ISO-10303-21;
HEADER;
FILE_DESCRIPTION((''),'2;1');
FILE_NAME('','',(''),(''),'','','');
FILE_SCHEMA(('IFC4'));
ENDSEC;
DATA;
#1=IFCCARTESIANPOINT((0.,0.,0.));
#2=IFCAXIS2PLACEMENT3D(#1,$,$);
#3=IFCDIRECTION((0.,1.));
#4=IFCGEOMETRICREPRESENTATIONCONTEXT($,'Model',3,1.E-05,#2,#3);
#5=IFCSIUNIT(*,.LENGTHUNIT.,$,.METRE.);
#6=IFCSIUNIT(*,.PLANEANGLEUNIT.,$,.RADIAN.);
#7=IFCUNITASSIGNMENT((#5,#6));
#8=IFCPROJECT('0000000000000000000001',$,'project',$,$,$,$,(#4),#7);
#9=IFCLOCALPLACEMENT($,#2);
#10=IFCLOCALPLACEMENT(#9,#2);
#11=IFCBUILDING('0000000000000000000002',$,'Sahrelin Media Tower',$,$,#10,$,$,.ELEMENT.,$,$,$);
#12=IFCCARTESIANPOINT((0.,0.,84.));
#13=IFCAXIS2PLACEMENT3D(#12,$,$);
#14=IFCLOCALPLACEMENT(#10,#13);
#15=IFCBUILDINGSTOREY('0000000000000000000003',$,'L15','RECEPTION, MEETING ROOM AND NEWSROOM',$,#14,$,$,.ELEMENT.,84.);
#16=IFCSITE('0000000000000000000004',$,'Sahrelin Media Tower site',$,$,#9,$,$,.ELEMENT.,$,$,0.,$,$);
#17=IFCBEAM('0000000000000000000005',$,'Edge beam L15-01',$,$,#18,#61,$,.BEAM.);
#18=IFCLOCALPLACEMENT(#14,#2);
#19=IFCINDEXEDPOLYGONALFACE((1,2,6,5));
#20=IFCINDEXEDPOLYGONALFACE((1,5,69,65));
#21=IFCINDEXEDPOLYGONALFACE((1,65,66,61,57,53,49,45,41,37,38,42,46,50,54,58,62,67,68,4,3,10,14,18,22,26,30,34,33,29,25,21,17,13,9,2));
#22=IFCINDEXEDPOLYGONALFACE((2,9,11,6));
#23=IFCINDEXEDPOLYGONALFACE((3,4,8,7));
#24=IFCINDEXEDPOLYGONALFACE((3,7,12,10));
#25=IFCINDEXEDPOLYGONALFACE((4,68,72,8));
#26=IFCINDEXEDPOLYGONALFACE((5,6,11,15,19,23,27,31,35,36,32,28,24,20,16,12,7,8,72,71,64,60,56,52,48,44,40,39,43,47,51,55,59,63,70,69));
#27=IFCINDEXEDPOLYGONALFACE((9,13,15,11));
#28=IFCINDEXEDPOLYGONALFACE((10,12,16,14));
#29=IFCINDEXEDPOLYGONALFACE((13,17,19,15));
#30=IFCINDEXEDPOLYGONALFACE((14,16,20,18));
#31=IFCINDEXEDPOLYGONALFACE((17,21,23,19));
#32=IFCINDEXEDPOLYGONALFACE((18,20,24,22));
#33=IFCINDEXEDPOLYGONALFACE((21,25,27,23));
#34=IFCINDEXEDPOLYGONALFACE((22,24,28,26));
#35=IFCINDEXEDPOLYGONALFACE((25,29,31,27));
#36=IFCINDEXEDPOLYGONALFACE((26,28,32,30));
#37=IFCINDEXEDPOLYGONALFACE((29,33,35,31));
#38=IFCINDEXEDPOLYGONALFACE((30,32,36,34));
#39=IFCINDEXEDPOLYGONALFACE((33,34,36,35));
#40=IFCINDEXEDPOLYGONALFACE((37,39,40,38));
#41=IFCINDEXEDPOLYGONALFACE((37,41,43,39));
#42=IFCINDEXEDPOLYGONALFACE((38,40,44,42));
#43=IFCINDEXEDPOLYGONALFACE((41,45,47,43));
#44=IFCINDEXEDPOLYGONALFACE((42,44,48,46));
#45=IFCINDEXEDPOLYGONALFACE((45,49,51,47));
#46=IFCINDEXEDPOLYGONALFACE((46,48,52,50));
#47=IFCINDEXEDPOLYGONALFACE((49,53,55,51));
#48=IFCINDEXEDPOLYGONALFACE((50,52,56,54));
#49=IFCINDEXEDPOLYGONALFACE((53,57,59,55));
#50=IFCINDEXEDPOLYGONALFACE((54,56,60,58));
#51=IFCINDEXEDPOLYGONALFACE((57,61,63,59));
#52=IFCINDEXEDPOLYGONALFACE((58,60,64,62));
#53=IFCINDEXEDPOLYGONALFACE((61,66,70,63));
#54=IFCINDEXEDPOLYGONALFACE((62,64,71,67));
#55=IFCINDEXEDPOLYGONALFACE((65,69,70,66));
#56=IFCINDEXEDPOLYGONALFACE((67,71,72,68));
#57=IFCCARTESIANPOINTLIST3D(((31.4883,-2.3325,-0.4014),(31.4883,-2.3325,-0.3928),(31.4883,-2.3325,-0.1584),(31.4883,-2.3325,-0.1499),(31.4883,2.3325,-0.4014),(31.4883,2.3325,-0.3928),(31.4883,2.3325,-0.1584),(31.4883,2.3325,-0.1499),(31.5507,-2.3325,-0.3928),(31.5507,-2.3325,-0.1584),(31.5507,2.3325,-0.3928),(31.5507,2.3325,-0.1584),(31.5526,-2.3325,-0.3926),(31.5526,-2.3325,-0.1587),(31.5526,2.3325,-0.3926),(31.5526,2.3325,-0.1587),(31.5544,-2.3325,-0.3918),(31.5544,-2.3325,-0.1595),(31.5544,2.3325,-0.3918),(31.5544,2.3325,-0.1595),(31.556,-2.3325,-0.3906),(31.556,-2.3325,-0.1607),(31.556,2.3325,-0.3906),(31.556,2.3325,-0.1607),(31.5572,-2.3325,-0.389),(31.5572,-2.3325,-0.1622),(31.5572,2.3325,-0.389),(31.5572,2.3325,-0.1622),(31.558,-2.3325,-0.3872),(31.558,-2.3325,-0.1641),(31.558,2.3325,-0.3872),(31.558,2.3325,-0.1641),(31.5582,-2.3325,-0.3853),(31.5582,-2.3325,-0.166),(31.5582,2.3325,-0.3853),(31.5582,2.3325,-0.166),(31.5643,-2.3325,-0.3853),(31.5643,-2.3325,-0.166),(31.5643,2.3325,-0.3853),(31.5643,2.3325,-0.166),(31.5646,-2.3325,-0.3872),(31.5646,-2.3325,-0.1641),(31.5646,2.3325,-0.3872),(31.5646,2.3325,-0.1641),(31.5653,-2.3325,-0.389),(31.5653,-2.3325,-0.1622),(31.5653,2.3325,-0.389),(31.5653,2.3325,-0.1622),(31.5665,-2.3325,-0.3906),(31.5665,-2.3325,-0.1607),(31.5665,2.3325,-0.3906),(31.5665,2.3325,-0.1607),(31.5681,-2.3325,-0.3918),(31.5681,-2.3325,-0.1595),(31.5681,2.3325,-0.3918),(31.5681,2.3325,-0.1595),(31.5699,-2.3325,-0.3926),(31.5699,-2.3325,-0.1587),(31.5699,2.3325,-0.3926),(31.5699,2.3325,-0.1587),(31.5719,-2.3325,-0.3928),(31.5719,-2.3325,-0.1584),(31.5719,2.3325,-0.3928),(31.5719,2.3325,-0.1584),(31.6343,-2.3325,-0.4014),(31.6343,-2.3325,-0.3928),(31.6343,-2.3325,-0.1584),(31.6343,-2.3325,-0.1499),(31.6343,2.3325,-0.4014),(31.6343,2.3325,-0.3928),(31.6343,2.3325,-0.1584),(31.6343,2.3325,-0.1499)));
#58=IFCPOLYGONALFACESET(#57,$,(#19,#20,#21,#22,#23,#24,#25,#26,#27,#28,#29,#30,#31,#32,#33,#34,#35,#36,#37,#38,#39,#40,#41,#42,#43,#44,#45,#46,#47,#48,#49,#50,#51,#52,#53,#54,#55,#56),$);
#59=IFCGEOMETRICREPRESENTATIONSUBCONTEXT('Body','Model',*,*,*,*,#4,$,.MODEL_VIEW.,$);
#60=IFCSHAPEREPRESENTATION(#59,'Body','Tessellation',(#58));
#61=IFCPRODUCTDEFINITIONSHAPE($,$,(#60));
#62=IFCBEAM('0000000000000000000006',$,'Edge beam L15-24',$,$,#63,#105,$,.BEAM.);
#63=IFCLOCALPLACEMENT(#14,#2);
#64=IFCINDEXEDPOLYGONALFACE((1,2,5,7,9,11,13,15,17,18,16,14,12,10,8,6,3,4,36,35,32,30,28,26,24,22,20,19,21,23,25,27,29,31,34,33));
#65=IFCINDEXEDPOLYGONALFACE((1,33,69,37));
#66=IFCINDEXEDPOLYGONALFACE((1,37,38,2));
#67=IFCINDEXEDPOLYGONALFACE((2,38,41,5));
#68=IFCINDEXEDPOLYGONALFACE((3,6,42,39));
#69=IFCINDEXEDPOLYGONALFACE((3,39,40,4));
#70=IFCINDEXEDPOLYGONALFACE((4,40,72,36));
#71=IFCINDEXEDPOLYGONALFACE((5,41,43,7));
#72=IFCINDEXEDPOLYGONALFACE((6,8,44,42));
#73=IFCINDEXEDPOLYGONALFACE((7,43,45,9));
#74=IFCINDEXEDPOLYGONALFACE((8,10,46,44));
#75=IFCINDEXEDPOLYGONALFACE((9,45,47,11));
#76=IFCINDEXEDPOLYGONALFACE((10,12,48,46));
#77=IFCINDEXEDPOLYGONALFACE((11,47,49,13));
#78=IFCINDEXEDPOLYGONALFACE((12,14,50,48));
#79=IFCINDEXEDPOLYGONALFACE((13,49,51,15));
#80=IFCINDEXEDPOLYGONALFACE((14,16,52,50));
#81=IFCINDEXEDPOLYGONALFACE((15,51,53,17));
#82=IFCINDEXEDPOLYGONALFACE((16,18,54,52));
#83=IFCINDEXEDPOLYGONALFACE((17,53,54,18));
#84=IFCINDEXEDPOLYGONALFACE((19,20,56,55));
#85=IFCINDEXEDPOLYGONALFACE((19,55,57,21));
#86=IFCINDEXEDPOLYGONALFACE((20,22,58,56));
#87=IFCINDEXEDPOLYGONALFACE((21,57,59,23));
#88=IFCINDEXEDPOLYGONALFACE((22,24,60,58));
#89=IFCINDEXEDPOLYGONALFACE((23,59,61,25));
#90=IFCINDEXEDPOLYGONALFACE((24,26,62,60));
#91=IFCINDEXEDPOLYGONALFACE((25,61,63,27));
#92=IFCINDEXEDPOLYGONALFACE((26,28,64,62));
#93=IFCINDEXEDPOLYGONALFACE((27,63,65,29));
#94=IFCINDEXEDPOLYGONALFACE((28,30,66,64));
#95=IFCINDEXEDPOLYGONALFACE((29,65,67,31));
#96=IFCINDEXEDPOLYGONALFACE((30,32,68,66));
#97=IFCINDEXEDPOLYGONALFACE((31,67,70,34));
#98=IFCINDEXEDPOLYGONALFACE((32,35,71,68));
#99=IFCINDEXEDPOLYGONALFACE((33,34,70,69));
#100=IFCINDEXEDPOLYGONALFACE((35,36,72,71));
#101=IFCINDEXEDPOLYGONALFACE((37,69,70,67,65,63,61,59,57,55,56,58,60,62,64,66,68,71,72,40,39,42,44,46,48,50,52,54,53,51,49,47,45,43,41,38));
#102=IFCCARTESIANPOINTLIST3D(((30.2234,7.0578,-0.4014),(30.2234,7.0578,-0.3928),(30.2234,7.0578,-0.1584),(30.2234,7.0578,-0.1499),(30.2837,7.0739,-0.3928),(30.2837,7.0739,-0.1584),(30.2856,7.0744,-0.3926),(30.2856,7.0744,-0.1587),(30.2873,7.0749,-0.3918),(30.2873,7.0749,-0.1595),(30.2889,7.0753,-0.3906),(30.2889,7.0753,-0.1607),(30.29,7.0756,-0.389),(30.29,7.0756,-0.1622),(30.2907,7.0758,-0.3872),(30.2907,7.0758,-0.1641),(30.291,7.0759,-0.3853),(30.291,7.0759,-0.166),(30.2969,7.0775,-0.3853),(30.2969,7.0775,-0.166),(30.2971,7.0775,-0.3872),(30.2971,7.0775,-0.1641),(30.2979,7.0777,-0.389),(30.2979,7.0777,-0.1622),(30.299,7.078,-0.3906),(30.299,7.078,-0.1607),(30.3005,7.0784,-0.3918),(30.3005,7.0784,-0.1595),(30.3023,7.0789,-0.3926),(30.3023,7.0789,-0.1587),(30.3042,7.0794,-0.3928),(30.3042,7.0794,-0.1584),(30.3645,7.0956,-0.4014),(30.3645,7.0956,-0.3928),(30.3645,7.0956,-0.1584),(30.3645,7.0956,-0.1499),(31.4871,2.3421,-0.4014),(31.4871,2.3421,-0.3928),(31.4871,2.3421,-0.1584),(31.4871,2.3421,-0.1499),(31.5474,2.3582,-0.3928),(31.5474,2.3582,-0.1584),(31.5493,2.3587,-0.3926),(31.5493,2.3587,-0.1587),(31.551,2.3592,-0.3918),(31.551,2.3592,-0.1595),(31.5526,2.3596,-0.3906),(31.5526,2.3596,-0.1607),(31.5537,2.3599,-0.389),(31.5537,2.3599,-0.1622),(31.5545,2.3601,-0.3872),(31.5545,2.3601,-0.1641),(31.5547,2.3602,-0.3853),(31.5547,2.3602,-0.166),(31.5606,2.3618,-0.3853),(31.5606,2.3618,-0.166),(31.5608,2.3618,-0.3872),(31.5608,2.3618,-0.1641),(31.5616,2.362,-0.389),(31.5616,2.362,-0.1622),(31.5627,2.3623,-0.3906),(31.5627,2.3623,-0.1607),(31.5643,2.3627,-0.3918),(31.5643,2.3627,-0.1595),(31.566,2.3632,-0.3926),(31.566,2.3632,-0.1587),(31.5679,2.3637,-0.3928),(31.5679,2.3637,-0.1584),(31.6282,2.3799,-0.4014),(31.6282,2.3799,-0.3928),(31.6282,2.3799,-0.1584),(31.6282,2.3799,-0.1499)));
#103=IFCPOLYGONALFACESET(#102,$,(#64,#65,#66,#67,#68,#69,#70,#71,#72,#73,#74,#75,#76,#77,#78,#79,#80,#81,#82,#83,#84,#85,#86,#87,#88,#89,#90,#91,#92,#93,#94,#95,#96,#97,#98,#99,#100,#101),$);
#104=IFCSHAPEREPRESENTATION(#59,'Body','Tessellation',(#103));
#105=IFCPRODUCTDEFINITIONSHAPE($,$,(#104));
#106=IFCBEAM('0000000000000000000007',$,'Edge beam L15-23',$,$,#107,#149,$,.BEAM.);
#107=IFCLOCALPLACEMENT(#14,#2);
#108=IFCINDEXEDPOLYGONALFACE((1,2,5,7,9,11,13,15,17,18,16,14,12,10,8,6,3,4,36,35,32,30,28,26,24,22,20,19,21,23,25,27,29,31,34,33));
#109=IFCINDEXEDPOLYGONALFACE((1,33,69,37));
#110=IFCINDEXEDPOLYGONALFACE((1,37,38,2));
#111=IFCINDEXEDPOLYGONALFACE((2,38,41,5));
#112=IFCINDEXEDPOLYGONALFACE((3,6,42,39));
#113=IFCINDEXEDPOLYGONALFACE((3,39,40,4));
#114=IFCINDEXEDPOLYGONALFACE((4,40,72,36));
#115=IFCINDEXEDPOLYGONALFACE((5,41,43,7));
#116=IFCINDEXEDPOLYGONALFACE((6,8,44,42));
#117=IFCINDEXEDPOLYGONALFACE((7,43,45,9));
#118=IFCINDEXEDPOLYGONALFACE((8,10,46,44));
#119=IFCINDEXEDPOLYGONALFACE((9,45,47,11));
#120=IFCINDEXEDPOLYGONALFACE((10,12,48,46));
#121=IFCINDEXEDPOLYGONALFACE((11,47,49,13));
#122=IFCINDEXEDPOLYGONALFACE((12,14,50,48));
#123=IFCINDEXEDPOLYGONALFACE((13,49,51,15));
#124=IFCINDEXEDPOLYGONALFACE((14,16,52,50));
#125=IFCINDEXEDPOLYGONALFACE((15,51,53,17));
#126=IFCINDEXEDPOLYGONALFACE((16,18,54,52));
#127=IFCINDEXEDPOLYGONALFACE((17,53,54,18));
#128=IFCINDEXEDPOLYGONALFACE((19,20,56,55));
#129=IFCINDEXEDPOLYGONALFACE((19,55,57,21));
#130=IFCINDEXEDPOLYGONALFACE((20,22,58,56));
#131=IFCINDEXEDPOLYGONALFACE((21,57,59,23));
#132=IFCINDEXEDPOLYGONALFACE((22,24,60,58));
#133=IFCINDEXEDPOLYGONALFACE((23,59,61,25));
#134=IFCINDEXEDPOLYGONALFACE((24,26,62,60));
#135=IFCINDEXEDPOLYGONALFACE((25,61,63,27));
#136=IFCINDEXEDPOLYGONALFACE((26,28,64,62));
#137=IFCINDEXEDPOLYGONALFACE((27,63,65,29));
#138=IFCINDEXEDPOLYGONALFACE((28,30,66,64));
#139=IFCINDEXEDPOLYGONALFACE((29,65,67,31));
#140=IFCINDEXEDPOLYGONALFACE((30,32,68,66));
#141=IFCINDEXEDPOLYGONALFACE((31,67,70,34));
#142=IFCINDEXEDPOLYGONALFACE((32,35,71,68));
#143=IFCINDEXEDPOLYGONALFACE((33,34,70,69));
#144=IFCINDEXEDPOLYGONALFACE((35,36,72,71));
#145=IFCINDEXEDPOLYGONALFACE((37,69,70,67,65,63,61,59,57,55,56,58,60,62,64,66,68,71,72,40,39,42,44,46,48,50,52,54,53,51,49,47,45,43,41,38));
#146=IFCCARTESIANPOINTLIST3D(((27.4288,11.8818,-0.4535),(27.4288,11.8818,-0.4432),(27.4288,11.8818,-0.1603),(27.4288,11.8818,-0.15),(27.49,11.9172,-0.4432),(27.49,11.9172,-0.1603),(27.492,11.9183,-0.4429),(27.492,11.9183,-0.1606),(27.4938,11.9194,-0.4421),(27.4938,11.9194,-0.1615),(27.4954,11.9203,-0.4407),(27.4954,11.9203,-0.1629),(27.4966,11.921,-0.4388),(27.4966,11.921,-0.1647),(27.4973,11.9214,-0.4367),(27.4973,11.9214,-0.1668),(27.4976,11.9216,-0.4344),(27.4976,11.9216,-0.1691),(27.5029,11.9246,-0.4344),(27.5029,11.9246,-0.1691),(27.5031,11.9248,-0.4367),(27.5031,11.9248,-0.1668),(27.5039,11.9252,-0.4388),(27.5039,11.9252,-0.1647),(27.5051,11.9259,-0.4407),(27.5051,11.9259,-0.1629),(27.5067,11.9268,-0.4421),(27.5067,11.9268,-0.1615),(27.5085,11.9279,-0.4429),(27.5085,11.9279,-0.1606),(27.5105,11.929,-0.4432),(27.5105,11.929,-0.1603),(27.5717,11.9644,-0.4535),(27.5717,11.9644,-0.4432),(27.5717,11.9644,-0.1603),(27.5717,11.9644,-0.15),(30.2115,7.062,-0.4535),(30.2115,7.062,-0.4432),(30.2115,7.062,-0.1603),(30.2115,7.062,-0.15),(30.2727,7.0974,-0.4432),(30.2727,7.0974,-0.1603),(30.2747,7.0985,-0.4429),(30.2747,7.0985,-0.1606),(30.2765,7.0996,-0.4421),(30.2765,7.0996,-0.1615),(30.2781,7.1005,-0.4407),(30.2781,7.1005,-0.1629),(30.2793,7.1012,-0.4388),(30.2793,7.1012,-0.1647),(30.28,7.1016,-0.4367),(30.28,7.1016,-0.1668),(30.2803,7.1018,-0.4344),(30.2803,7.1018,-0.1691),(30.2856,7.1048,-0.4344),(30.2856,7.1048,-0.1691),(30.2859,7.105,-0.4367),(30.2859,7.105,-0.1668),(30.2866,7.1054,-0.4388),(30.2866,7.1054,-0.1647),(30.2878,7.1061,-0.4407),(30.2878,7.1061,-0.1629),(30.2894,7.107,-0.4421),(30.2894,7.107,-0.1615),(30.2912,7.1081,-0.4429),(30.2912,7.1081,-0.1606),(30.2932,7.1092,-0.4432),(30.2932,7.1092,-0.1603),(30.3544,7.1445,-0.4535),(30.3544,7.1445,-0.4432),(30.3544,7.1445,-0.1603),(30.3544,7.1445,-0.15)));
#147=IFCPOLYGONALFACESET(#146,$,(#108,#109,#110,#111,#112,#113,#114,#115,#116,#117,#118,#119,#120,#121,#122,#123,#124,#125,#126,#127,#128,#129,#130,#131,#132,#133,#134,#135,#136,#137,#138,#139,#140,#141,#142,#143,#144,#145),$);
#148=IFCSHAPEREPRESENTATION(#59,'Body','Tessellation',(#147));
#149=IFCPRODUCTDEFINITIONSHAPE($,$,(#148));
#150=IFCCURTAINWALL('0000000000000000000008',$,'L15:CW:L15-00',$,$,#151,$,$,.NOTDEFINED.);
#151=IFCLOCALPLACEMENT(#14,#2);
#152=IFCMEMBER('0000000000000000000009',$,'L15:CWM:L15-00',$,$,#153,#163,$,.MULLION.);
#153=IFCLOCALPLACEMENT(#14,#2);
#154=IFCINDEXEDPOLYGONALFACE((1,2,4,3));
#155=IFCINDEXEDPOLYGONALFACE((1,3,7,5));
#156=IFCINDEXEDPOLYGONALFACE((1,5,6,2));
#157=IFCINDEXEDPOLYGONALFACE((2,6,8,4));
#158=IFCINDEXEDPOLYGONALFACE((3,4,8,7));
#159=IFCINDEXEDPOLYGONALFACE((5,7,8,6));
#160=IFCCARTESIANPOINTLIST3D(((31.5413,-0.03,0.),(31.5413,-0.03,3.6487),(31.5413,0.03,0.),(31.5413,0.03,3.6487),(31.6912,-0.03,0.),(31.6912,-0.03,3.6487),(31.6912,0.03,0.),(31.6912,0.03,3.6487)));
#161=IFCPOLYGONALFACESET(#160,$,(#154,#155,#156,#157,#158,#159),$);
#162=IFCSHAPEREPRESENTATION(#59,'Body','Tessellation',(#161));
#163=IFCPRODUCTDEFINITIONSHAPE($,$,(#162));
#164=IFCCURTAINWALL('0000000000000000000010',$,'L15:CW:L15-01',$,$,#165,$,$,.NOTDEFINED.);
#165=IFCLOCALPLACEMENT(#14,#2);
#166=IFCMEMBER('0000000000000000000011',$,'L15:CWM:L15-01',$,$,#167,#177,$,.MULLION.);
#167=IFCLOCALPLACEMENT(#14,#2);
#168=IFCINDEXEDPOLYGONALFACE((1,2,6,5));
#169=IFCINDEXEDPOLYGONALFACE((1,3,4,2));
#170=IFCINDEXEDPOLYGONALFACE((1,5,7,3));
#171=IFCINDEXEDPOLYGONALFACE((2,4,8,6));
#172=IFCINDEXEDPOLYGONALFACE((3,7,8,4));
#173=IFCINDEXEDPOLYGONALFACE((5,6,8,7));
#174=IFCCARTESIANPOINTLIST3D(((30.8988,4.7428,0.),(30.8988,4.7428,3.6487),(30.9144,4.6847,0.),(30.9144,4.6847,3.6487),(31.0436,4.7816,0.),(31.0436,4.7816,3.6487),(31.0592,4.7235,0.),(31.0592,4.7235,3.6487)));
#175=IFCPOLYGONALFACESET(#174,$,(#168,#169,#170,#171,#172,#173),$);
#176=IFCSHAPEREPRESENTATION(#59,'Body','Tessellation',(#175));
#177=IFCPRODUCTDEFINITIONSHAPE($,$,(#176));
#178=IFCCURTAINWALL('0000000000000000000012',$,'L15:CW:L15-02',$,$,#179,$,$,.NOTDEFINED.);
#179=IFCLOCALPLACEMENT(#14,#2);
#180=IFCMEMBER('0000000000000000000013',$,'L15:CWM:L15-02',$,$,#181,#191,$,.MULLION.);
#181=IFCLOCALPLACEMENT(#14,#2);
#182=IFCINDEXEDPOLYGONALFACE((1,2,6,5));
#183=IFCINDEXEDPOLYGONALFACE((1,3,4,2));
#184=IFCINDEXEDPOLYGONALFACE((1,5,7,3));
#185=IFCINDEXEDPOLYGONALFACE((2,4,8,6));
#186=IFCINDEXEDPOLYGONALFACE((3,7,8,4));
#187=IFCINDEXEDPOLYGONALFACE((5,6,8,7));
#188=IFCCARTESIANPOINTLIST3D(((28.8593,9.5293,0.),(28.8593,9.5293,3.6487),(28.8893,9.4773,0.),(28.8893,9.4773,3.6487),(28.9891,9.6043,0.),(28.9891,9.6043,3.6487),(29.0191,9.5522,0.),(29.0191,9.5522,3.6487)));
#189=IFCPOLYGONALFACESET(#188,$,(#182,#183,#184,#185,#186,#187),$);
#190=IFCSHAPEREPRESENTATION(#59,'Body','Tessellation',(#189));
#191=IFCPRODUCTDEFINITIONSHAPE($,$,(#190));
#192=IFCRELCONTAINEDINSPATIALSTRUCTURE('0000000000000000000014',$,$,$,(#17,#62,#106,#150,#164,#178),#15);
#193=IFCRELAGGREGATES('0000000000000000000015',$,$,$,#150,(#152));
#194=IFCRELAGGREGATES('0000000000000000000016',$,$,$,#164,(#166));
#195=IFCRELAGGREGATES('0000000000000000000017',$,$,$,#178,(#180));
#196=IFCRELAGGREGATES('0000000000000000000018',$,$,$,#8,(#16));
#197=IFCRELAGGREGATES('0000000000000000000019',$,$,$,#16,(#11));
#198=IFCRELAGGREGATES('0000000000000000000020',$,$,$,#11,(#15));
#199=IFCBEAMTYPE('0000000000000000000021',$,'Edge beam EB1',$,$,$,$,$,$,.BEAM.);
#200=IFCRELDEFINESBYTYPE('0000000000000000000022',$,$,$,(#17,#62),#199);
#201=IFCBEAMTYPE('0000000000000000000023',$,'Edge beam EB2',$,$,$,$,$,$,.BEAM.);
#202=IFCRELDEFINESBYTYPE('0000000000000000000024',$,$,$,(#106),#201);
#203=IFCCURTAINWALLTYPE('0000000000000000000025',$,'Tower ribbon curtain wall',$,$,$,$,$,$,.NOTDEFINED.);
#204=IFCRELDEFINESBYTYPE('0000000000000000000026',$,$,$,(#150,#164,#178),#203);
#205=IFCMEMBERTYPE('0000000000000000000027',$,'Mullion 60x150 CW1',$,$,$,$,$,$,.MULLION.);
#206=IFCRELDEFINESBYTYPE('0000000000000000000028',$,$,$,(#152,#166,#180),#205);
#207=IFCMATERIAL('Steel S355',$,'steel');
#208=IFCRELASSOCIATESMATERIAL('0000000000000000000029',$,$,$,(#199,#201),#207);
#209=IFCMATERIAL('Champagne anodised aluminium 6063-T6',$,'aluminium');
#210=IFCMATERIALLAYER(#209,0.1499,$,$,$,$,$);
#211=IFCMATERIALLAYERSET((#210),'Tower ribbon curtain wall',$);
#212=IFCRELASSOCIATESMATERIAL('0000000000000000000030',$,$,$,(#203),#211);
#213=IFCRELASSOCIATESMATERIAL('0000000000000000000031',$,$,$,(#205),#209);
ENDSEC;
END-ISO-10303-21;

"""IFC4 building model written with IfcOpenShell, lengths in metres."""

from ifc_helpers import new_model, si_unit, direction, frame, origin, origin_2d, place, context, subcontext, project, spatial, rectangle, i_section, extrude, material, layer, layer_set, material_profile, profile_set, type_object, element, aggregate, save


model = new_model("IFC4")

# Units and contexts
model_context = context("Model", 3, precision=1e-05, world=origin(), true_north=direction((0.0, 1.0)))
body_context = subcontext(model_context, "Body", "Model", "MODEL_VIEW")
ifc_project = project(units=[si_unit("LENGTHUNIT", "METRE"), si_unit("PLANEANGLEUNIT", "RADIAN")], contexts=[model_context])

# Site, building, storey
site_placement = place(None, origin())
site = spatial("IfcSite", under=ifc_project, at=site_placement, Name="Sahrelin Media Tower site", CompositionType="ELEMENT", RefElevation=0.0)
building_placement = place(site_placement, origin())
building = spatial("IfcBuilding", under=site, at=building_placement, Name="Sahrelin Media Tower", CompositionType="ELEMENT")
storey_placement = place(building_placement, frame((0.0, 0.0, 84.0)))
storey = spatial("IfcBuildingStorey", under=building, at=storey_placement, Name="L15", Description="RECEPTION, MEETING ROOM AND NEWSROOM", CompositionType="ELEMENT", Elevation=84.0)

# Beams
ifc_material_1 = material(Name="Steel S355", Category="steel")
ifc_material_profile_1 = material_profile(ifc_material_1, i_section(OverallWidth=0.146, OverallDepth=0.2515, WebThickness=0.0061, FlangeThickness=0.0085, FilletRadius=0.0076, at=origin_2d()), Name="UB 254x146x31")
ifc_profile_set_1 = profile_set([ifc_material_profile_1], Name="Steel S355")
beam_type_1 = type_object("IfcBeamType", Name="Edge beam EB1", PredefinedType="BEAM", material=ifc_profile_set_1)
beam_1_placement = place(storey_placement, frame((31.5613, 2.3325, -0.2756), z_axis=(0.0, -1.0, 0.0), x_axis=(1.0, 0.0, 0.0)))
element("IfcBeam", 1, at=beam_1_placement, inside=storey, type_object=beam_type_1, Name="Edge beam L15-01", PredefinedType="BEAM", context=body_context, shape_type="SweptSolid", body=[
    extrude(i_section(OverallWidth=0.146, OverallDepth=0.2515, WebThickness=0.0061, FlangeThickness=0.0085, FilletRadius=0.0076, at=origin_2d()), origin(), (0.0, 0.0, 1.0), 4.665),
])
beam_2_placement = place(storey_placement, frame((30.2939, 7.0767, -0.2756), z_axis=(0.258845, -0.965919, 0.0), x_axis=(0.965919, 0.258845, 0.0)))
element("IfcBeam", 2, at=beam_2_placement, inside=storey, type_object=beam_type_1, Name="Edge beam L15-24", PredefinedType="BEAM", context=body_context, shape_type="SweptSolid", body=[
    extrude(i_section(OverallWidth=0.146, OverallDepth=0.2515, WebThickness=0.0061, FlangeThickness=0.0085, FilletRadius=0.0076, at=origin_2d()), origin(), (0.0, 0.0, 1.0), 4.8821),
])
ifc_material_profile_2 = material_profile(ifc_material_1, i_section(OverallWidth=0.165, OverallDepth=0.3035, WebThickness=0.0061, FlangeThickness=0.0103, FilletRadius=0.0088, at=origin_2d()), Name="UB 305x165x40")
ifc_profile_set_2 = profile_set([ifc_material_profile_2], Name="Steel S355")
beam_type_2 = type_object("IfcBeamType", Name="Edge beam EB2", PredefinedType="BEAM", material=ifc_profile_set_2)
beam_3_placement = place(storey_placement, frame((27.5002, 11.9231, -0.3018), z_axis=(0.499998, -0.866026, 0.0), x_axis=(0.866026, 0.499998, 0.0)))
element("IfcBeam", 3, at=beam_3_placement, inside=storey, type_object=beam_type_2, Name="Edge beam L15-23", PredefinedType="BEAM", context=body_context, shape_type="SweptSolid", body=[
    extrude(i_section(OverallWidth=0.165, OverallDepth=0.3035, WebThickness=0.0061, FlangeThickness=0.0103, FilletRadius=0.0088, at=origin_2d()), origin(), (0.0, 0.0, 1.0), 5.5654),
])

# Curtain walls, members
ifc_material_2 = material(Name="Champagne anodised aluminium 6063-T6", Category="aluminium")
ifc_layer_1 = layer(ifc_material_2, 0.1499)
ifc_layer_set_1 = layer_set([ifc_layer_1], Name="Tower ribbon curtain wall")
curtain_wall_type = type_object("IfcCurtainWallType", Name="Tower ribbon curtain wall", PredefinedType="NOTDEFINED", material=ifc_layer_set_1)
curtain_wall_1_placement = place(storey_placement, frame((31.7112, 0.0, 0.0), z_axis=(0.0, 0.0, 1.0), x_axis=(1.0, 0.0, 0.0)))
curtain_wall_1 = element("IfcCurtainWall", 4, at=curtain_wall_1_placement, inside=storey, type_object=curtain_wall_type, Name="L15:CW:L15-00", PredefinedType="NOTDEFINED")
ifc_material_profile_3 = material_profile(ifc_material_2, rectangle(XDim=0.0601, YDim=0.1499, at=origin_2d()), Name="Mullion 60x150")
ifc_profile_set_3 = profile_set([ifc_material_profile_3], Name="Champagne anodised aluminium 6063-T6")
member_type_1 = type_object("IfcMemberType", Name="Mullion 60x150 CW1", PredefinedType="MULLION", material=ifc_profile_set_3)
member_1_placement = place(storey_placement, frame((31.6162, 0.0, 0.0), z_axis=(0.0, 0.0, 1.0), x_axis=(0.0, 1.0, 0.0)))
member_1 = element("IfcMember", 5, at=member_1_placement, type_object=member_type_1, Name="L15:CWM:L15-00", PredefinedType="MULLION", context=body_context, shape_type="SweptSolid", body=[
    extrude(rectangle(XDim=0.0601, YDim=0.1499, at=origin_2d()), origin(), (0.0, 0.0, 1.0), 3.6487),
])
aggregate(curtain_wall_1, [member_1])
curtain_wall_2_placement = place(storey_placement, frame((31.0708, 4.7576, 0.0), z_axis=(0.0, 0.0, 1.0), x_axis=(1.0, 0.0, 0.0)))
curtain_wall_2 = element("IfcCurtainWall", 6, at=curtain_wall_2_placement, inside=storey, type_object=curtain_wall_type, Name="L15:CW:L15-01", PredefinedType="NOTDEFINED")
member_2_placement = place(storey_placement, frame((30.979, 4.7332, 0.0), z_axis=(0.0, 0.0, 1.0), x_axis=(-0.258817, 0.965926, 0.0)))
member_2 = element("IfcMember", 7, at=member_2_placement, type_object=member_type_1, Name="L15:CWM:L15-01", PredefinedType="MULLION", context=body_context, shape_type="SweptSolid", body=[
    extrude(rectangle(XDim=0.0601, YDim=0.1499, at=origin_2d()), origin(), (0.0, 0.0, 1.0), 3.6487),
])
curtain_wall_3_placement = place(storey_placement, frame((29.0215, 9.5884, 0.0), z_axis=(0.0, 0.0, 1.0), x_axis=(1.0, 0.0, 0.0)))
curtain_wall_3 = element("IfcCurtainWall", 8, at=curtain_wall_3_placement, inside=storey, type_object=curtain_wall_type, Name="L15:CW:L15-02", PredefinedType="NOTDEFINED")
member_3_placement = place(storey_placement, frame((28.9392, 9.5408, 0.0), z_axis=(0.0, 0.0, 1.0), x_axis=(-0.499991, 0.866031, 0.0)))
member_3 = element("IfcMember", 9, at=member_3_placement, type_object=member_type_1, Name="L15:CWM:L15-02", PredefinedType="MULLION", context=body_context, shape_type="SweptSolid", body=[
    extrude(rectangle(XDim=0.0601, YDim=0.1499, at=origin_2d()), origin(), (0.0, 0.0, 1.0), 3.6487),
])

aggregate(curtain_wall_2, [member_2])
aggregate(curtain_wall_3, [member_3])

save(model, "model.ifc")
